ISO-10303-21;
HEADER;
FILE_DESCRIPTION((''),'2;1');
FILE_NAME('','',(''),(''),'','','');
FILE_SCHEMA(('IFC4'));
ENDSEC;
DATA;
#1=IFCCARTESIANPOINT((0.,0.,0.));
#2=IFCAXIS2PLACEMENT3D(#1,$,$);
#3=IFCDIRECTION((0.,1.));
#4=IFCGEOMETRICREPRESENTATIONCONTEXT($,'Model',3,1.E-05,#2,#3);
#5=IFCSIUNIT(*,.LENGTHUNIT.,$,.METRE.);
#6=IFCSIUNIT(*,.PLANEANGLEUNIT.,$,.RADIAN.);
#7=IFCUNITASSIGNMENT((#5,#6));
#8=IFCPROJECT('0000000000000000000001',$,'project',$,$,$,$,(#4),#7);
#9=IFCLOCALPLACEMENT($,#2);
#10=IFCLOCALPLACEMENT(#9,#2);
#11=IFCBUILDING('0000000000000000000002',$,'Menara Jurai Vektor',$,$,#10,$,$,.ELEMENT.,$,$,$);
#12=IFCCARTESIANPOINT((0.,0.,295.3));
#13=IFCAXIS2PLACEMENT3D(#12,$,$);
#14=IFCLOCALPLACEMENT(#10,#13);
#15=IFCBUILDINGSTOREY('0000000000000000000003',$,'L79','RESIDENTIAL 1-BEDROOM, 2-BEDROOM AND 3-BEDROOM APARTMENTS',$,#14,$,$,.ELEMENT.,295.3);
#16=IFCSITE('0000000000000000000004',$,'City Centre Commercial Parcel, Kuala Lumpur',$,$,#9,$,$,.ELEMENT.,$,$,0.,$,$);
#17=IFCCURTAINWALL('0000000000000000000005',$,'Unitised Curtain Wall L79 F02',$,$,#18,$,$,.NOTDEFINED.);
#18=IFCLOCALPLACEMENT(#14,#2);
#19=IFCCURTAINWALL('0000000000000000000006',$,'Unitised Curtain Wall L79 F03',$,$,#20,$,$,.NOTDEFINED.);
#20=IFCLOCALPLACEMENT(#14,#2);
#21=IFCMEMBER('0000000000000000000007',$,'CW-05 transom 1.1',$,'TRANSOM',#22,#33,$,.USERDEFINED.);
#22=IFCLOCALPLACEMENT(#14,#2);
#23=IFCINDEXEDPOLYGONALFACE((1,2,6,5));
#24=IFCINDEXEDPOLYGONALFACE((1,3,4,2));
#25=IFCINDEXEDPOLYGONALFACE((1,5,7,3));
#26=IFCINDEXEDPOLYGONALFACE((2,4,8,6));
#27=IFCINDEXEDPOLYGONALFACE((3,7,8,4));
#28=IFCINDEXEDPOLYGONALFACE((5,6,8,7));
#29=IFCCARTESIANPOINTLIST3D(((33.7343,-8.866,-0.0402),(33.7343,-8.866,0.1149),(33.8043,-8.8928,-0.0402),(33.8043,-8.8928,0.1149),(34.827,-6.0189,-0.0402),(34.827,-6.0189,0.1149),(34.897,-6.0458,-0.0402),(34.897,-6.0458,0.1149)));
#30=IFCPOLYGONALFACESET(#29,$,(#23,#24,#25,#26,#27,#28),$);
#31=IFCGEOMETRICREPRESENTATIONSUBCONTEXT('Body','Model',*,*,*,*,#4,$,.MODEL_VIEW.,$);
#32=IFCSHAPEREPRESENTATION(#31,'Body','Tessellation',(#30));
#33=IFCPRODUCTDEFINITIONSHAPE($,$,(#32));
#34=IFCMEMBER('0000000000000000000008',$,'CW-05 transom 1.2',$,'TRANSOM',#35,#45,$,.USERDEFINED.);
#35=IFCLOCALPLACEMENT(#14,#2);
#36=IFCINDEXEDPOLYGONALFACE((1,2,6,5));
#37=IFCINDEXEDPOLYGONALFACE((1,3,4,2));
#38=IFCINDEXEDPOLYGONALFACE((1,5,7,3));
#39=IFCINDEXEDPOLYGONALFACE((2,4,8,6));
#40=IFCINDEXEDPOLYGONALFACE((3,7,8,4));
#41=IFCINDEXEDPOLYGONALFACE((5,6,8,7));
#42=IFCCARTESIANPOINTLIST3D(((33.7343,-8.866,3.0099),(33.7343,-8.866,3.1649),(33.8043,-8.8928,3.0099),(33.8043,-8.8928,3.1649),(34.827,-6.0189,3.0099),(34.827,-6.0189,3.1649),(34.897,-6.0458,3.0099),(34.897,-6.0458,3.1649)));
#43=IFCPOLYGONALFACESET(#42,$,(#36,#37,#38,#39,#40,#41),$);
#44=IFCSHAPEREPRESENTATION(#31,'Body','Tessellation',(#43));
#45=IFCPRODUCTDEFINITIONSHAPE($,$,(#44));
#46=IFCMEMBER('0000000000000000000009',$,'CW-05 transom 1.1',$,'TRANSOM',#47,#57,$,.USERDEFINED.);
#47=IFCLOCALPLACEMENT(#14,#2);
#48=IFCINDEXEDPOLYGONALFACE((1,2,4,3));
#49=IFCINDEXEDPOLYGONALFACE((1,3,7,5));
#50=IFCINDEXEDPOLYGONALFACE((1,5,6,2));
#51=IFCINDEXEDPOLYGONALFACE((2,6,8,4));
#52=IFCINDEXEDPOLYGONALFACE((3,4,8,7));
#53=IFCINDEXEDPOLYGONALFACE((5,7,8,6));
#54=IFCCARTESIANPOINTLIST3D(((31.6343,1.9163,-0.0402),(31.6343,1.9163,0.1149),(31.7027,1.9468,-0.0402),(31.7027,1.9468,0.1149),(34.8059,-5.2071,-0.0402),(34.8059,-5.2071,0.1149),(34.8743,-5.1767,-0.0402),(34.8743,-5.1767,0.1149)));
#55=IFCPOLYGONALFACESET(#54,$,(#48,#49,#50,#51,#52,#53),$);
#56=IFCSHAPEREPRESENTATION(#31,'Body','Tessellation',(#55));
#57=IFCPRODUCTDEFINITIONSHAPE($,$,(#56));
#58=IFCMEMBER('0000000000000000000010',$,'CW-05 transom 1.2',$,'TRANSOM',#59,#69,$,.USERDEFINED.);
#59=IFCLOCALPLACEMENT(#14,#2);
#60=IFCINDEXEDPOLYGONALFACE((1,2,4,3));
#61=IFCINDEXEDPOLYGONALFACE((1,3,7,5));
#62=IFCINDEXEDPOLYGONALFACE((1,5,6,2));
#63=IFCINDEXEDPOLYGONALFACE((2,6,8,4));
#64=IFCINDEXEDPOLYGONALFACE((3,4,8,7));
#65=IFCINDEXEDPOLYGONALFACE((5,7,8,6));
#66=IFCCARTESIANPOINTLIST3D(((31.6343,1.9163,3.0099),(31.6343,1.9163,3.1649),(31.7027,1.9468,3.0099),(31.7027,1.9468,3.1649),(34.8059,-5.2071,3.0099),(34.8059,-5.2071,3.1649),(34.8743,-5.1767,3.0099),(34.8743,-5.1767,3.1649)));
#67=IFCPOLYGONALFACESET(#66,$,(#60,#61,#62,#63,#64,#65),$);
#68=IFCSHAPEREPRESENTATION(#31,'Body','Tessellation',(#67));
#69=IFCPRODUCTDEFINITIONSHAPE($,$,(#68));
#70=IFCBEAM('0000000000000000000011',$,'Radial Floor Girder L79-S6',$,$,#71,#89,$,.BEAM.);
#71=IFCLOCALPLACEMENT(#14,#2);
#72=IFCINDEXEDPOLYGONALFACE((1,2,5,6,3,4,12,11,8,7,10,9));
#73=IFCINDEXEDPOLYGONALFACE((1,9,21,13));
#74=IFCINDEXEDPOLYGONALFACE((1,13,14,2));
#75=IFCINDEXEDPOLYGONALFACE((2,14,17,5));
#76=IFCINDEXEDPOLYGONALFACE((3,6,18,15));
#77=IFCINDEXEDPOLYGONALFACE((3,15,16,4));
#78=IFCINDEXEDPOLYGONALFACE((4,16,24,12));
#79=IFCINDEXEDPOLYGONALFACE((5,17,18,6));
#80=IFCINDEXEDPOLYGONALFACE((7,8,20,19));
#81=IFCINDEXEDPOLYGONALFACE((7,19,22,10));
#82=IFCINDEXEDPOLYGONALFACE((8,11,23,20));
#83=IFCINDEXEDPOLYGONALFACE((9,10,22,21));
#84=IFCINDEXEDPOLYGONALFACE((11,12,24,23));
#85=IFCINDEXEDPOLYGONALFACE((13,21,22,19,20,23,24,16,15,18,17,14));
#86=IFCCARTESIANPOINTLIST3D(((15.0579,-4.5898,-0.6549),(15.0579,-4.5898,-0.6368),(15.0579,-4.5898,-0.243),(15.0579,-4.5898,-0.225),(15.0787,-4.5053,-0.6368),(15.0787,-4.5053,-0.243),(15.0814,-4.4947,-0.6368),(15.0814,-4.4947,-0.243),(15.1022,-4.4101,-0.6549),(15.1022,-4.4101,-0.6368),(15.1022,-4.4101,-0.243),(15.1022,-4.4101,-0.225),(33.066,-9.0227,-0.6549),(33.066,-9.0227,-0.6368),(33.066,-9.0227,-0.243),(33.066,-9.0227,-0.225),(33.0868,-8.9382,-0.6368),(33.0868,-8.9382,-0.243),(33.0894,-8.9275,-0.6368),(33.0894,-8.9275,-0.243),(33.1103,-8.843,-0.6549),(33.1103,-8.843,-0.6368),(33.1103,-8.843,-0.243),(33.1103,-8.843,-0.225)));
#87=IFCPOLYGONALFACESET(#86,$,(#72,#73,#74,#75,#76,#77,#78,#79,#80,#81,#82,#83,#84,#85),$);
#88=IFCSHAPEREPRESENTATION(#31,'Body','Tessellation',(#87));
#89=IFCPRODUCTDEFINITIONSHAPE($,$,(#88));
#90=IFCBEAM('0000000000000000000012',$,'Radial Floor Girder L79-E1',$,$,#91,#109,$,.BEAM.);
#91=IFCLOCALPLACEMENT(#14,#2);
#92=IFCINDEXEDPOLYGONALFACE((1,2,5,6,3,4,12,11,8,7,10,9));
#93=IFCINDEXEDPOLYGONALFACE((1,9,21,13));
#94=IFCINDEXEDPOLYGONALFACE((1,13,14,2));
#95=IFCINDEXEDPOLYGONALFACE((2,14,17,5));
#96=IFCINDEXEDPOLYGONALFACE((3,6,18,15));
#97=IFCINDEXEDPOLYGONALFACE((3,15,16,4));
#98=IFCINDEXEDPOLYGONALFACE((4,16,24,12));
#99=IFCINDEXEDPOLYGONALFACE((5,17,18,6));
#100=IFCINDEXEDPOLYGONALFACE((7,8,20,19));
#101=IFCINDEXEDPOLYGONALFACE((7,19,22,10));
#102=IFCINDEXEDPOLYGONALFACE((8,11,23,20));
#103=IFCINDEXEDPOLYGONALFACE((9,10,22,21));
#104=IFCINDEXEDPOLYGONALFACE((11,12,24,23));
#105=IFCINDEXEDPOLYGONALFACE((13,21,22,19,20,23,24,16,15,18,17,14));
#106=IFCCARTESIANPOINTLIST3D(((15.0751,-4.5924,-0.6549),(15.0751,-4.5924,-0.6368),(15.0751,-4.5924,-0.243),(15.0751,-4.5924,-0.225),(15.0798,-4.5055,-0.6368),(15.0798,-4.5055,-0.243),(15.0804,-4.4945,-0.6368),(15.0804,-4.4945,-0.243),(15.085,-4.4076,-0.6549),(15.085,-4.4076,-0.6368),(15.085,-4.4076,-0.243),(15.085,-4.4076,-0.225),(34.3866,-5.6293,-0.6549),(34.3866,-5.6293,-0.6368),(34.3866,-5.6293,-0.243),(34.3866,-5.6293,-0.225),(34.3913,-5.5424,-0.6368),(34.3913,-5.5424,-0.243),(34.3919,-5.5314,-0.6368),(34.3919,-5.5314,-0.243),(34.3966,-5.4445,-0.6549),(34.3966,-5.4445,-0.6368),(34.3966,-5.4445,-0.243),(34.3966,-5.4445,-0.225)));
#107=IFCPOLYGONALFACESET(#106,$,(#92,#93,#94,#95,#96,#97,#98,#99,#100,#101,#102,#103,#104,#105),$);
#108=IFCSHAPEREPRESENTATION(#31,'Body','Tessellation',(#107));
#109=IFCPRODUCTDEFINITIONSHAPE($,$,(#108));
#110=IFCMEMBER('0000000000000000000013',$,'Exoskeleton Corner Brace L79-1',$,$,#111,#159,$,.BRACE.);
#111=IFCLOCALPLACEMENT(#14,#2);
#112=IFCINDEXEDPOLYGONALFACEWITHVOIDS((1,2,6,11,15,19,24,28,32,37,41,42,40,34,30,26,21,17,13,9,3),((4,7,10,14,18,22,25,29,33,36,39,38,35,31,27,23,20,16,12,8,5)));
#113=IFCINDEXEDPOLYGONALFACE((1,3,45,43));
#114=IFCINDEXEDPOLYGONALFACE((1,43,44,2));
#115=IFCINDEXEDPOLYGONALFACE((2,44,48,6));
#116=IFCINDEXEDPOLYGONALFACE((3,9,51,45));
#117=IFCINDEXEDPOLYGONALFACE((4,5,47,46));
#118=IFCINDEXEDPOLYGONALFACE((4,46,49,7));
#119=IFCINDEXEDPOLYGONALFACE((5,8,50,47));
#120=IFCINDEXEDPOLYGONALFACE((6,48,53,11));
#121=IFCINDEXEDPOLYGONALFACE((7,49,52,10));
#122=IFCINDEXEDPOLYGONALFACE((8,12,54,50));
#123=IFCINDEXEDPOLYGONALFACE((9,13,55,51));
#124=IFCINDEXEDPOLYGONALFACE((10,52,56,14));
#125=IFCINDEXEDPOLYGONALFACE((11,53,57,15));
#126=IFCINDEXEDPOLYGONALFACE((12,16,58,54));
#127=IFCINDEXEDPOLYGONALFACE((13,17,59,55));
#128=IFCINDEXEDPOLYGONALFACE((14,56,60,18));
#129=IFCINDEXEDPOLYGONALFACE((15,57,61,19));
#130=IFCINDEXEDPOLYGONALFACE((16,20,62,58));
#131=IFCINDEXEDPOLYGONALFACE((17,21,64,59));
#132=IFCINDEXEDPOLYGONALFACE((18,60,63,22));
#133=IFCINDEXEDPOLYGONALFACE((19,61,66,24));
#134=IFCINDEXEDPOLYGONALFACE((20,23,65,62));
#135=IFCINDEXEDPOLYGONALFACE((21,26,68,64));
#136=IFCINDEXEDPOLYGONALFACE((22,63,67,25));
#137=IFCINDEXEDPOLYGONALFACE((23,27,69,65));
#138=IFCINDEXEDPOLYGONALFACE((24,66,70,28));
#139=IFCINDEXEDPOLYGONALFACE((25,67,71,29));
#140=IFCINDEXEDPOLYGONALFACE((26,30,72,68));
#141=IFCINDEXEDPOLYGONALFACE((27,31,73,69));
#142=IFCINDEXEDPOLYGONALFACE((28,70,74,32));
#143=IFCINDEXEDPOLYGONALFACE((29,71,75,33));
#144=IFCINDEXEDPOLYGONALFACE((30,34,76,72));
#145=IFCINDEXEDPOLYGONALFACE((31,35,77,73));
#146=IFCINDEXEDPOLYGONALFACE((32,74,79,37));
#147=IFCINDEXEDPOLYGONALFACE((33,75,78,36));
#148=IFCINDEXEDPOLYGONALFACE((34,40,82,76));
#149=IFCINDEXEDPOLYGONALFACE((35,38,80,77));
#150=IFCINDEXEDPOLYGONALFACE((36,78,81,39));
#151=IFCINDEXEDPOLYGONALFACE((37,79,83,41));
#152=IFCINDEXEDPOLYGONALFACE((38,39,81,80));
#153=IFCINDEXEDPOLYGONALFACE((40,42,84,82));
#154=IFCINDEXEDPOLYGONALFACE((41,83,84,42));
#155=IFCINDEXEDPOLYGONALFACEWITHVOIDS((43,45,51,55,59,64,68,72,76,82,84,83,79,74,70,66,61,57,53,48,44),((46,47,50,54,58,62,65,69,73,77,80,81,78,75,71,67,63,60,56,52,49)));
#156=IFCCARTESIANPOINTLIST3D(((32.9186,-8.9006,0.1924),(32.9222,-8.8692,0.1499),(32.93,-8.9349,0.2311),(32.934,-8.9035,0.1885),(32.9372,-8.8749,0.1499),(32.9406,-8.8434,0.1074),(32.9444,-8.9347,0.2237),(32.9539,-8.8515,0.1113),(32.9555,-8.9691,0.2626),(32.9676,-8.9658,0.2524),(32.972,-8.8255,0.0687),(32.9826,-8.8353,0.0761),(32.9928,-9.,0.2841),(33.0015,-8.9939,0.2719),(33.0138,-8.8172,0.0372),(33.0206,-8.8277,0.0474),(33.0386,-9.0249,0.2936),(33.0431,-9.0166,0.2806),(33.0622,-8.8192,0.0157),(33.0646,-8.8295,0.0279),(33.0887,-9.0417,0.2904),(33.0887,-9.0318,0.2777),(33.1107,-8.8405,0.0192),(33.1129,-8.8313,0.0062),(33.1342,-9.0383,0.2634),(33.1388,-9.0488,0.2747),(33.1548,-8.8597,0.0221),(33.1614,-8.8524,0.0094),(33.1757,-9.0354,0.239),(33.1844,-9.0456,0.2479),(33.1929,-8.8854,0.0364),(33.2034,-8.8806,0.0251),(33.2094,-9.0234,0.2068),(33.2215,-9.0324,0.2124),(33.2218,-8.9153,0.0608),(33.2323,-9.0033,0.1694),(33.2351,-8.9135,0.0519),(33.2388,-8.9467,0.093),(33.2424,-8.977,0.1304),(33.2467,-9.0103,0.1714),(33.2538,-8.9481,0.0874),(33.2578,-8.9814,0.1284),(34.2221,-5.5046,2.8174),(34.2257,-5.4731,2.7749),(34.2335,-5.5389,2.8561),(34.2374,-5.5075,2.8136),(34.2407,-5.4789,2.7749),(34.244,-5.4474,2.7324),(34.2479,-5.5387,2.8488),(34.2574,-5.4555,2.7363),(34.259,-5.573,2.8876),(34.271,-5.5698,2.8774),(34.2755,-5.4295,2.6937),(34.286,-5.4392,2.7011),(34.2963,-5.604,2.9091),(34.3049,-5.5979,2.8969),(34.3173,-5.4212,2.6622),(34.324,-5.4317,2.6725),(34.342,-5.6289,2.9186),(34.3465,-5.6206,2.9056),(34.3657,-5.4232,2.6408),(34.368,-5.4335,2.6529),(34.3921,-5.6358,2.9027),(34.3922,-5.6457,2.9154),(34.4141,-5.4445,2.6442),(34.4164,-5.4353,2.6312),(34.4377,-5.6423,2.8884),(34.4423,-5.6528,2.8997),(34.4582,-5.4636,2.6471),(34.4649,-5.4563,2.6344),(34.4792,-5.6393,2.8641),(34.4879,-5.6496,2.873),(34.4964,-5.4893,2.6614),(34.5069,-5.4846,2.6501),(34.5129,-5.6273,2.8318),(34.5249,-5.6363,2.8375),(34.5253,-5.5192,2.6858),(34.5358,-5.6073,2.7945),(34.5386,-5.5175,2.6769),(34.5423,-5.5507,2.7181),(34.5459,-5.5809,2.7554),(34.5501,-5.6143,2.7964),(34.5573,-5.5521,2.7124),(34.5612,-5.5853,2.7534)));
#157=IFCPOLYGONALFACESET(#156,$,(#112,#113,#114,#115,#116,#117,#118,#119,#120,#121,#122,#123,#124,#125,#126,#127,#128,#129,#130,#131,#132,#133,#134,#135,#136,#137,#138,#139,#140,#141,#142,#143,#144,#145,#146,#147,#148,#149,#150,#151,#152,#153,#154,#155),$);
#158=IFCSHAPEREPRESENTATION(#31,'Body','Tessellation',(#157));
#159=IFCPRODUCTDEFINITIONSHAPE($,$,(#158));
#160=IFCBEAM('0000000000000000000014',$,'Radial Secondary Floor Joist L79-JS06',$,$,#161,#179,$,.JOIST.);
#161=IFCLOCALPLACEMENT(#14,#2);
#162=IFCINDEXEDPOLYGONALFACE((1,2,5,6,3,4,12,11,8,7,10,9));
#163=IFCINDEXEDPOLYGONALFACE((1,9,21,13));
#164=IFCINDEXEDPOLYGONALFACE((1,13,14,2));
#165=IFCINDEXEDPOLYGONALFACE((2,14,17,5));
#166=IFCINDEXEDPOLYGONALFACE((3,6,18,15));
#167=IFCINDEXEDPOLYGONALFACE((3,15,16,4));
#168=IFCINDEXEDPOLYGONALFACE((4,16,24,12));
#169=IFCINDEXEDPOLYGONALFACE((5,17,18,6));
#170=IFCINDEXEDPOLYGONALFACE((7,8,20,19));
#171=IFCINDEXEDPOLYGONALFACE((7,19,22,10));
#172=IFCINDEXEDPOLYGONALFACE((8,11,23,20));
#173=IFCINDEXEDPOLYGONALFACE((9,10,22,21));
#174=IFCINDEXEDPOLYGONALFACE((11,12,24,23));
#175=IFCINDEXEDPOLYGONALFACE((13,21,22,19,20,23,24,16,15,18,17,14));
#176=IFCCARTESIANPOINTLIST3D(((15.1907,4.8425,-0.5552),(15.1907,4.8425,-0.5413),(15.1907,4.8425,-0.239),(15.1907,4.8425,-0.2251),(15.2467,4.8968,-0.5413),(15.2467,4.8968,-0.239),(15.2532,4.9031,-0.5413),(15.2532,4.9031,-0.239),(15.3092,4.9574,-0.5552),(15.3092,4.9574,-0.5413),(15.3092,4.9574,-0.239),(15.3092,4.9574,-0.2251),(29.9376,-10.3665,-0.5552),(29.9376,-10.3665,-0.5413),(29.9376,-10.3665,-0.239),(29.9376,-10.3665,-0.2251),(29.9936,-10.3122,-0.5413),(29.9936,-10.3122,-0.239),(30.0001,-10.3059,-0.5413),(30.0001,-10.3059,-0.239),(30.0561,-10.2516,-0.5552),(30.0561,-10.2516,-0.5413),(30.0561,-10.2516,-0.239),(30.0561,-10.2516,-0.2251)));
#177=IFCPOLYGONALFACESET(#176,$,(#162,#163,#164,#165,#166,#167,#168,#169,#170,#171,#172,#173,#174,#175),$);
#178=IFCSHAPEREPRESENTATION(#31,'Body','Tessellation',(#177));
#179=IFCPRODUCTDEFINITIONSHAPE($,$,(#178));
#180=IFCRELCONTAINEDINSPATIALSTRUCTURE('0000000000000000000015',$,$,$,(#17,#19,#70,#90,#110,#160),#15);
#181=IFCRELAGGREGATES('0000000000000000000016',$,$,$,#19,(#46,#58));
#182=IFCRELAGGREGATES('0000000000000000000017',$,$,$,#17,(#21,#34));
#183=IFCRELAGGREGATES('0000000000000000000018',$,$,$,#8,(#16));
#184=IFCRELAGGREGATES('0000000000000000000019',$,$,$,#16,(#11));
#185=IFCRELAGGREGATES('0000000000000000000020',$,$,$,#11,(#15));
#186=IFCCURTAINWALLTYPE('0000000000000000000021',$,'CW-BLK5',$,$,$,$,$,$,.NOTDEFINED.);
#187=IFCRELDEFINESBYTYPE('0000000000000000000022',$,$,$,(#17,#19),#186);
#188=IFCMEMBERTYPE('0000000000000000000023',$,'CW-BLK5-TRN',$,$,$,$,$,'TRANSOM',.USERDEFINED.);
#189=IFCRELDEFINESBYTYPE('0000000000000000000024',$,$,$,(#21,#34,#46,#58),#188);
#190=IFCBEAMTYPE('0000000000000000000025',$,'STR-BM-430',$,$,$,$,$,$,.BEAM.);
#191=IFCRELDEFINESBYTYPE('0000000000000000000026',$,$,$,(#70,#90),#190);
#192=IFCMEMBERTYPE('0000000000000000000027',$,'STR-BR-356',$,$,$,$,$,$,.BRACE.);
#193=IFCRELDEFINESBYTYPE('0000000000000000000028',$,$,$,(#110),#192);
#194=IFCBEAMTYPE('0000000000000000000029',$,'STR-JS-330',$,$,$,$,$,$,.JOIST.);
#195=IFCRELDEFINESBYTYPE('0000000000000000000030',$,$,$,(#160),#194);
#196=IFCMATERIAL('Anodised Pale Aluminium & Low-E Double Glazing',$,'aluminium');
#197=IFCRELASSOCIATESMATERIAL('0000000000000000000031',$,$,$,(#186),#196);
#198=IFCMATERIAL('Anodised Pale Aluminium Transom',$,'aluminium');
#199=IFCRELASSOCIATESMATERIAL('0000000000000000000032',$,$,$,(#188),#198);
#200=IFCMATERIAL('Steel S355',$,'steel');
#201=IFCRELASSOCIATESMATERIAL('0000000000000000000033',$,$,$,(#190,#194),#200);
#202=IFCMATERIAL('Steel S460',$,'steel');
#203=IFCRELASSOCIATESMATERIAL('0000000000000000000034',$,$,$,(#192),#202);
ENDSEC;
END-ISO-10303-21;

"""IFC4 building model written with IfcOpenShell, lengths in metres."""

from ifc_helpers import new_model, si_unit, direction, frame, origin, origin_2d, place, context, subcontext, project, spatial, rectangle, hollow_circle, i_section, extrude, material, material_profile, profile_set, type_object, element, aggregate, save


model = new_model("IFC4")

# Units and contexts
model_context = context("Model", 3, precision=1e-05, world=origin(), true_north=direction((0.0, 1.0)))
body_context = subcontext(model_context, "Body", "Model", "MODEL_VIEW")
ifc_project = project(units=[si_unit("LENGTHUNIT", "METRE"), si_unit("PLANEANGLEUNIT", "RADIAN")], contexts=[model_context])

# Site, building, storey
site_placement = place(None, origin())
site = spatial("IfcSite", under=ifc_project, at=site_placement, Name="City Centre Commercial Parcel, Kuala Lumpur", CompositionType="ELEMENT", RefElevation=0.0)
building_placement = place(site_placement, origin())
building = spatial("IfcBuilding", under=site, at=building_placement, Name="Menara Jurai Vektor", CompositionType="ELEMENT")
storey_placement = place(building_placement, frame((0.0, 0.0, 295.3)))
storey = spatial("IfcBuildingStorey", under=building, at=storey_placement, Name="L79", Description="RESIDENTIAL 1-BEDROOM, 2-BEDROOM AND 3-BEDROOM APARTMENTS", CompositionType="ELEMENT", Elevation=295.3)

# Shared definitions
ifc_material_1 = material(Name="Steel S460", Category="steel")

# Curtain wall
ifc_material_2 = material(Name="Anodised Pale Aluminium & Low-E Double Glazing", Category="aluminium")
curtain_wall_type = type_object("IfcCurtainWallType", Name="CW-BLK5", PredefinedType="NOTDEFINED", material=ifc_material_2)
curtain_wall_1_placement = place(storey_placement, origin())
curtain_wall_1 = element("IfcCurtainWall", 1, at=curtain_wall_1_placement, inside=storey, type_object=curtain_wall_type, Name="Unitised Curtain Wall L79 F02", PredefinedType="NOTDEFINED")

# Curtain wall
curtain_wall_2_placement = place(storey_placement, origin())
curtain_wall_2 = element("IfcCurtainWall", 2, at=curtain_wall_2_placement, inside=storey, type_object=curtain_wall_type, Name="Unitised Curtain Wall L79 F03", PredefinedType="NOTDEFINED")

# Members
ifc_material_3 = material(Name="Anodised Pale Aluminium Transom", Category="aluminium")
ifc_material_profile_1 = material_profile(ifc_material_3, rectangle(XDim=0.075, YDim=0.155, at=origin_2d()), Name="ALU TRN 75x155")
ifc_profile_set_1 = profile_set([ifc_material_profile_1], Name="Anodised Pale Aluminium Transom")
member_type_1 = type_object("IfcMemberType", Name="CW-BLK5-TRN", ElementType="TRANSOM", PredefinedType="USERDEFINED", material=ifc_profile_set_1)
member_1_placement = place(storey_placement, frame((33.7693, -8.8794, 0.0374), z_axis=(0.358325, 0.933597, 0.0), x_axis=(-0.933597, 0.358325, 0.0)))
member_1 = element("IfcMember", 3, at=member_1_placement, type_object=member_type_1, Name="CW-05 transom 1.1", ObjectType="TRANSOM", PredefinedType="USERDEFINED", context=body_context, shape_type="SweptSolid", body=[
    extrude(rectangle(XDim=0.075, YDim=0.155, at=origin_2d()), origin(), (0.0, 0.0, 1.0), 3.0496),
])
member_2_placement = place(storey_placement, frame((33.7693, -8.8794, 3.0874), z_axis=(0.358325, 0.933597, 0.0), x_axis=(-0.933597, 0.358325, 0.0)))
member_2 = element("IfcMember", 4, at=member_2_placement, type_object=member_type_1, Name="CW-05 transom 1.2", ObjectType="TRANSOM", PredefinedType="USERDEFINED", context=body_context, shape_type="SweptSolid", body=[
    extrude(rectangle(XDim=0.075, YDim=0.155, at=origin_2d()), origin(), (0.0, 0.0, 1.0), 3.0496),
])
member_3_placement = place(storey_placement, frame((34.8401, -5.1919, 0.0374), z_axis=(-0.40674, 0.913544, 0.0), x_axis=(-0.913544, -0.40674, 0.0)))
member_3 = element("IfcMember", 5, at=member_3_placement, type_object=member_type_1, Name="CW-05 transom 1.1", ObjectType="TRANSOM", PredefinedType="USERDEFINED", context=body_context, shape_type="SweptSolid", body=[
    extrude(rectangle(XDim=0.075, YDim=0.155, at=origin_2d()), origin(), (0.0, 0.0, 1.0), 7.7976),
])
member_4_placement = place(storey_placement, frame((34.8401, -5.1919, 3.0874), z_axis=(-0.40674, 0.913544, 0.0), x_axis=(-0.913544, -0.40674, 0.0)))
member_4 = element("IfcMember", 6, at=member_4_placement, type_object=member_type_1, Name="CW-05 transom 1.2", ObjectType="TRANSOM", PredefinedType="USERDEFINED", context=body_context, shape_type="SweptSolid", body=[
    extrude(rectangle(XDim=0.075, YDim=0.155, at=origin_2d()), origin(), (0.0, 0.0, 1.0), 7.7976),
])

# Beams
ifc_material_4 = material(Name="Steel S355", Category="steel")
ifc_material_profile_2 = material_profile(ifc_material_4, i_section(OverallWidth=0.1851, OverallDepth=0.4299, WebThickness=0.011, FlangeThickness=0.0181, at=origin_2d()), Name="PG 430x185x76")
ifc_profile_set_2 = profile_set([ifc_material_profile_2], Name="Steel S355")
beam_type_1 = type_object("IfcBeamType", Name="STR-BM-430", PredefinedType="BEAM", material=ifc_profile_set_2)
beam_1_placement = place(storey_placement, frame((33.0881, -8.9329, -0.4399), z_axis=(-0.971014, 0.239025, 0.0), x_axis=(-0.239025, -0.971014, 0.0)))
element("IfcBeam", 7, at=beam_1_placement, inside=storey, type_object=beam_type_1, Name="Radial Floor Girder L79-S6", PredefinedType="BEAM", context=body_context, shape_type="SweptSolid", body=[
    extrude(i_section(OverallWidth=0.1851, OverallDepth=0.4299, WebThickness=0.011, FlangeThickness=0.0181, at=origin_2d()), origin(), (0.0, 0.0, 1.0), 18.5457),
])
beam_2_placement = place(storey_placement, frame((34.3916, -5.5369, -0.4399), z_axis=(-0.998562, 0.053614, 0.0), x_axis=(-0.053614, -0.998562, 0.0)))
element("IfcBeam", 8, at=beam_2_placement, inside=storey, type_object=beam_type_1, Name="Radial Floor Girder L79-E1", PredefinedType="BEAM", context=body_context, shape_type="SweptSolid", body=[
    extrude(i_section(OverallWidth=0.1851, OverallDepth=0.4299, WebThickness=0.011, FlangeThickness=0.0181, at=origin_2d()), origin(), (0.0, 0.0, 1.0), 19.3394),
])

# Member
ifc_material_profile_3 = material_profile(ifc_material_1, hollow_circle(Radius=0.1777, WallThickness=0.0161, at=origin_2d()), Name="CHS 355.6x16")
ifc_profile_set_3 = profile_set([ifc_material_profile_3], Name="Steel S460")
member_type_2 = type_object("IfcMemberType", Name="STR-BR-356", PredefinedType="BRACE", material=ifc_profile_set_3)
member_5_placement = place(storey_placement, frame((33.0881, -8.9329, 0.1499), z_axis=(0.290576, 0.757054, 0.585179), x_axis=(-0.933593, 0.358336, 0.0)))
element("IfcMember", 9, at=member_5_placement, inside=storey, type_object=member_type_2, Name="Exoskeleton Corner Brace L79-1", PredefinedType="BRACE", context=body_context, shape_type="SweptSolid", body=[
    extrude(hollow_circle(Radius=0.1777, WallThickness=0.0161, at=origin_2d()), origin(), (0.0, 0.0, 1.0), 4.4858),
])

# Beam
ifc_material_profile_4 = material_profile(ifc_material_4, i_section(OverallWidth=0.165, OverallDepth=0.3301, WebThickness=0.009, FlangeThickness=0.0139, at=origin_2d()), Name="PG 330x165x46")
ifc_profile_set_4 = profile_set([ifc_material_profile_4], Name="Steel S355")
beam_type_2 = type_object("IfcBeamType", Name="STR-JS-330", PredefinedType="JOIST", material=ifc_profile_set_4)
beam_3_placement = place(storey_placement, frame((29.9968, -10.3091, -0.3901), z_axis=(-0.696115, 0.717931, 0.0), x_axis=(-0.717931, -0.696115, 0.0)))
element("IfcBeam", 10, at=beam_3_placement, inside=storey, type_object=beam_type_2, Name="Radial Secondary Floor Joist L79-JS06", PredefinedType="JOIST", context=body_context, shape_type="SweptSolid", body=[
    extrude(i_section(OverallWidth=0.165, OverallDepth=0.3301, WebThickness=0.009, FlangeThickness=0.0139, at=origin_2d()), origin(), (0.0, 0.0, 1.0), 21.1846),
])

aggregate(curtain_wall_2, [member_3, member_4])
aggregate(curtain_wall_1, [member_1, member_2])

save(model, "model.ifc")
